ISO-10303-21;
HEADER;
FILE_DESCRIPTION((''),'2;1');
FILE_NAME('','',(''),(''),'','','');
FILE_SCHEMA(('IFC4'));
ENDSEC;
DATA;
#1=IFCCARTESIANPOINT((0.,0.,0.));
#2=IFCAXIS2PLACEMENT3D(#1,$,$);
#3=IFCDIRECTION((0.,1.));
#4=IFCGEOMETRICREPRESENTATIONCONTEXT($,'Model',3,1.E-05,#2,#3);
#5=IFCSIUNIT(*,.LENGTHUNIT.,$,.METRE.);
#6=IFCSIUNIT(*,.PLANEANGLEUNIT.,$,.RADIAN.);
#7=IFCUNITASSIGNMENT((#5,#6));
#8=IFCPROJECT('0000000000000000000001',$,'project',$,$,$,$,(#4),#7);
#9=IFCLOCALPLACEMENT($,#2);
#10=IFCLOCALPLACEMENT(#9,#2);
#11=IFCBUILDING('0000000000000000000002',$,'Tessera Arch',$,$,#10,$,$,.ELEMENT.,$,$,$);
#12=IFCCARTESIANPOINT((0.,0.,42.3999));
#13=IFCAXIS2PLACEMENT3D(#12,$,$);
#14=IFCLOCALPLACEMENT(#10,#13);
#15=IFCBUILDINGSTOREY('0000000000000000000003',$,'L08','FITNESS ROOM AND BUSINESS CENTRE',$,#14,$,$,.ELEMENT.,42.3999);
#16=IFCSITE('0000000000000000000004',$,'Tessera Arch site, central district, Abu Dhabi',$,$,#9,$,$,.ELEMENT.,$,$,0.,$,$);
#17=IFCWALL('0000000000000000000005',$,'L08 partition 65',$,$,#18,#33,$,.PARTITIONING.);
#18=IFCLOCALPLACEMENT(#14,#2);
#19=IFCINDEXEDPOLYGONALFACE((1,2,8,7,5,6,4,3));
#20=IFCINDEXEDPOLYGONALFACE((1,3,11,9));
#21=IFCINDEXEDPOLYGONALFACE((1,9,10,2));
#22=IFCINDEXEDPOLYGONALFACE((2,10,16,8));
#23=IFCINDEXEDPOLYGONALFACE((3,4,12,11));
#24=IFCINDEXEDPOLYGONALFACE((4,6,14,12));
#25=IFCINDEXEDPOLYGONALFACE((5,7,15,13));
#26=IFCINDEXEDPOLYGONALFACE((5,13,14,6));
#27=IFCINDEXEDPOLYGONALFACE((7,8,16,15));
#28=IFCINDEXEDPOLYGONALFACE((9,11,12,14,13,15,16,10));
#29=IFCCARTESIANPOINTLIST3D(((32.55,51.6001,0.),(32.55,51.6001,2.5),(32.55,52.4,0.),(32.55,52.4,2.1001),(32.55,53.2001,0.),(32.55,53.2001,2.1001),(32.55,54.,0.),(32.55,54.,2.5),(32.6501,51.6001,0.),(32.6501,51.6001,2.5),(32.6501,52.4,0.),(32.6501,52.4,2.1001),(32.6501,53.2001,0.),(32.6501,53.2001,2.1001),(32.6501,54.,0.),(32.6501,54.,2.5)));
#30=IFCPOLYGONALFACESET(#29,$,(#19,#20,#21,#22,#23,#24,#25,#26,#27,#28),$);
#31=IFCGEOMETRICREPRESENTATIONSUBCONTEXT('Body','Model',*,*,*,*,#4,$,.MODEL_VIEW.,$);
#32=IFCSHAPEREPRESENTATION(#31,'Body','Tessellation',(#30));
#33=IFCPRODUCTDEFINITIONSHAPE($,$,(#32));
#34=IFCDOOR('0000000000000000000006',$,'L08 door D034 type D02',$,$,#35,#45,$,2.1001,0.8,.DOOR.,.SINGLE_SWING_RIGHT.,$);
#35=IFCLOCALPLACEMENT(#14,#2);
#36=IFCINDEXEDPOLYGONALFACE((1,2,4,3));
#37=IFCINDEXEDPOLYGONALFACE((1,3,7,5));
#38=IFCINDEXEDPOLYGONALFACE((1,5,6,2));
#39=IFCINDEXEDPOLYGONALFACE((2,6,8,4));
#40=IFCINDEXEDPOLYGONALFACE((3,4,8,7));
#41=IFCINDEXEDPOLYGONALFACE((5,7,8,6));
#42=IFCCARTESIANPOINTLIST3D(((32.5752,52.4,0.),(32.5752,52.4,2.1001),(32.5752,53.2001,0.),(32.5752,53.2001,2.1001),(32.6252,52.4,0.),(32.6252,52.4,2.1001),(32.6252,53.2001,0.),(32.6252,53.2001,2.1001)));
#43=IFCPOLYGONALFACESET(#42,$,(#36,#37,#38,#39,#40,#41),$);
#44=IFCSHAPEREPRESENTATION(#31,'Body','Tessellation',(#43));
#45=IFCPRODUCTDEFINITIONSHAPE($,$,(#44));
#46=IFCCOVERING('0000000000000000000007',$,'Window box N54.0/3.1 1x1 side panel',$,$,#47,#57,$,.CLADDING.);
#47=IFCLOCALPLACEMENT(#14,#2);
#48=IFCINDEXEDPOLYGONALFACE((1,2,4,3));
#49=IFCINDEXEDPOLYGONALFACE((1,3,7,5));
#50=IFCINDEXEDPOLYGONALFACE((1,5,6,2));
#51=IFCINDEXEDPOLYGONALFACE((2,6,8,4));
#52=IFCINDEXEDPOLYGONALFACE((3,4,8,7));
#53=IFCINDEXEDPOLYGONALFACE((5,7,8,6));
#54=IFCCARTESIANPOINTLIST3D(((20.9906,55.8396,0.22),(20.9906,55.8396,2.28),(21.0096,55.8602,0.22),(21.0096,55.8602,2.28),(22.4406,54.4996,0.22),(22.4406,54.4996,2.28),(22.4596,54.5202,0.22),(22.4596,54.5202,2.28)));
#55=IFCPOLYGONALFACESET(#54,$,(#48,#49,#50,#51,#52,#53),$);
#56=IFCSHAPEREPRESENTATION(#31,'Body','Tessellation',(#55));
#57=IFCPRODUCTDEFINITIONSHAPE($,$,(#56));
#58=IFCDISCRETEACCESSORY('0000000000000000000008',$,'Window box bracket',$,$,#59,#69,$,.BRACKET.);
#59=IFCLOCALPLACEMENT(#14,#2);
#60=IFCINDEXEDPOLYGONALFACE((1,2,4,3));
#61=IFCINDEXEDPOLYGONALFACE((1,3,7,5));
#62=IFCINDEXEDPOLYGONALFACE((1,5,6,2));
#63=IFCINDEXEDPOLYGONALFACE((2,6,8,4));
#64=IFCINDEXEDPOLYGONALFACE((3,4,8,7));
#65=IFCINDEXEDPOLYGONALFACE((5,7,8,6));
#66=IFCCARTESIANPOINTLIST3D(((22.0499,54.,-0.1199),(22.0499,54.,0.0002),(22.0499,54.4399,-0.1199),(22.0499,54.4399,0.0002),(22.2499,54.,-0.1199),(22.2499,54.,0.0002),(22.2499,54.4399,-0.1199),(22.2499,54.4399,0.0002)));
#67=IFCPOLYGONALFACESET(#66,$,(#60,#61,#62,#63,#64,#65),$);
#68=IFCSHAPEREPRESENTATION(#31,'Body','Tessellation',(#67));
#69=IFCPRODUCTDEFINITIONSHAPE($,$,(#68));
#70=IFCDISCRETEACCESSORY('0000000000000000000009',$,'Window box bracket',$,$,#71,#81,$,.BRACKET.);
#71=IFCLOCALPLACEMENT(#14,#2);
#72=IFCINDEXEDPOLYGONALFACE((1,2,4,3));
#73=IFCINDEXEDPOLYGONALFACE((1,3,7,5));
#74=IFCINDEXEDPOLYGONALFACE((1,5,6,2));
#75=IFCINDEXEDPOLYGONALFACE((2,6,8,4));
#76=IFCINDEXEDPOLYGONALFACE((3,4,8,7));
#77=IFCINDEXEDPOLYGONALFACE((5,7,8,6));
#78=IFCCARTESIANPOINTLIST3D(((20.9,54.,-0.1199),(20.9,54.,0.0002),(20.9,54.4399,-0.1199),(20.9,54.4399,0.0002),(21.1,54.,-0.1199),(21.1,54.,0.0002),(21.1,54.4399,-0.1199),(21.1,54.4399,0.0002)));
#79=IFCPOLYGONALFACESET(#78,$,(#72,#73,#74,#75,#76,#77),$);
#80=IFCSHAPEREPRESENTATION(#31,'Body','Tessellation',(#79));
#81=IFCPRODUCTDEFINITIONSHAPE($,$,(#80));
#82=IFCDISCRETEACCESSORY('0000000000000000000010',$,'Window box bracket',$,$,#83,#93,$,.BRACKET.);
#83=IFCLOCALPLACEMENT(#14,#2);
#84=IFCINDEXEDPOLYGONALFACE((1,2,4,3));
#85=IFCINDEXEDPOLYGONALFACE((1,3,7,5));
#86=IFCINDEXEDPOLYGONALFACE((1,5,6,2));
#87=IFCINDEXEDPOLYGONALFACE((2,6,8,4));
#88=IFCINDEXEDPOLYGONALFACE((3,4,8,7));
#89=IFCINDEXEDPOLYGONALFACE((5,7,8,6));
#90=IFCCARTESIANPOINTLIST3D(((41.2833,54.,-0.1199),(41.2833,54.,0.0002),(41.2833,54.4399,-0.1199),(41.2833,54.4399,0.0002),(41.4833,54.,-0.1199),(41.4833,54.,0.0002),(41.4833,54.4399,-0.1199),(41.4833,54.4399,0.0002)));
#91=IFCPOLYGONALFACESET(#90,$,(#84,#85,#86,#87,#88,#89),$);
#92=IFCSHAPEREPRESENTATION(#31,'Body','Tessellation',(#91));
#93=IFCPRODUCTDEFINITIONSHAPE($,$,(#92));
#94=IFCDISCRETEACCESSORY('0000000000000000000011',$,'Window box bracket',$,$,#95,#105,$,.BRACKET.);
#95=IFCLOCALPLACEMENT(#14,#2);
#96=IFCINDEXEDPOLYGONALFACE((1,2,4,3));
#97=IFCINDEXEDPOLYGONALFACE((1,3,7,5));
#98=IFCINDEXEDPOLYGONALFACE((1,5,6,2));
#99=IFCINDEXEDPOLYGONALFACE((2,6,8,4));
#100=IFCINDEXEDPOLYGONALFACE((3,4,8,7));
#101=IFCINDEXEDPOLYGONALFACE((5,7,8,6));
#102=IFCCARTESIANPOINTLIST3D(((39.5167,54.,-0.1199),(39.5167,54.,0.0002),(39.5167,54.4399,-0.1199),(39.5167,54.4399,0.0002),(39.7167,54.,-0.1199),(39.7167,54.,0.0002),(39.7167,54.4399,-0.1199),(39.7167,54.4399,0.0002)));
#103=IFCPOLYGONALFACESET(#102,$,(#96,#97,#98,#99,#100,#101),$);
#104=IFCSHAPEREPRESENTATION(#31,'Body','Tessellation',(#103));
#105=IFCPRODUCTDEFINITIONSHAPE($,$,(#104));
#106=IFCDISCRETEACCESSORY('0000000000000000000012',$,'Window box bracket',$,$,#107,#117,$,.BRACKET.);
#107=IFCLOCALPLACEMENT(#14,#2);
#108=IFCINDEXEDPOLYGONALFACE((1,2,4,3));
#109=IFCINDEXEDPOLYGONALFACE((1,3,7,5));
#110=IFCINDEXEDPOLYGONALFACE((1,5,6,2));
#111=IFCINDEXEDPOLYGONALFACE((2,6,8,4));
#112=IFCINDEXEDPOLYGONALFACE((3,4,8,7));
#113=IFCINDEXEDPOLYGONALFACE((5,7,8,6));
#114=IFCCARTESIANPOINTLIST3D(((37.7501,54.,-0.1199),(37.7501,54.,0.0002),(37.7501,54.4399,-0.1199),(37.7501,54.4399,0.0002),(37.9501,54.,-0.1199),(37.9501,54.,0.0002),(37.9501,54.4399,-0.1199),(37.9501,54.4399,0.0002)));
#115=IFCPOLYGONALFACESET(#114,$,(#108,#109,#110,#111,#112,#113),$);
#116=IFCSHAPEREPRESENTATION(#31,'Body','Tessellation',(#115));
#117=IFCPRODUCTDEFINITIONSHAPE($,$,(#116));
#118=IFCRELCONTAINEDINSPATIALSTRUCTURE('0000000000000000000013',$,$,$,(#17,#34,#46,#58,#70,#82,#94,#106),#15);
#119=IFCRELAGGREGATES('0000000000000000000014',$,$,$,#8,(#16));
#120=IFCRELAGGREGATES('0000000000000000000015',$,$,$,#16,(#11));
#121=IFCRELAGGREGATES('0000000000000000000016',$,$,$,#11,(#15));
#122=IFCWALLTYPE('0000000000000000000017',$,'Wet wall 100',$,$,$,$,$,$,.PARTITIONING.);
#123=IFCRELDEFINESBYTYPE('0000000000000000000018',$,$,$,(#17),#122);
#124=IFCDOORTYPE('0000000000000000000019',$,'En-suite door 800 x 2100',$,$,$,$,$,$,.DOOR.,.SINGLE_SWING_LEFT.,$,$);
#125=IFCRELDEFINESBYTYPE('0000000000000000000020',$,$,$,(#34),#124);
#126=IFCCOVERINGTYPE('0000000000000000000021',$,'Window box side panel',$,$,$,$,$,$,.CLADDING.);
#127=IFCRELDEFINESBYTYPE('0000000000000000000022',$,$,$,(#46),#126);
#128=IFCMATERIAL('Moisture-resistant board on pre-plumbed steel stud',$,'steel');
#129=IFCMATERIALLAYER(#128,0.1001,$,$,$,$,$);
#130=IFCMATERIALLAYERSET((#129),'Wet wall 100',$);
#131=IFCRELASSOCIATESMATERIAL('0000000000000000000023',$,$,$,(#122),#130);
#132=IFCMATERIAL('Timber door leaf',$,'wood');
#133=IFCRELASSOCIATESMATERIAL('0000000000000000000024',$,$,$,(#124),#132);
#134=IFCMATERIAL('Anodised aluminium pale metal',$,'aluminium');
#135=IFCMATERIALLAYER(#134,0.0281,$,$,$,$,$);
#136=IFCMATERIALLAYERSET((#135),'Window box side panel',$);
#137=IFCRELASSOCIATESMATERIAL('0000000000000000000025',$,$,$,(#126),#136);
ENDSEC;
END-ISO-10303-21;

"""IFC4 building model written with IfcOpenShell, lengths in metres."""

from ifc_helpers import new_model, si_unit, direction, frame, frame_2d, origin, origin_2d, place, context, subcontext, project, spatial, rectangle, extrude, material, layer, layer_set, type_object, element, fill, save


model = new_model("IFC4")

# Units and contexts
model_context = context("Model", 3, precision=1e-05, world=origin(), true_north=direction((0.0, 1.0)))
body_context = subcontext(model_context, "Body", "Model", "MODEL_VIEW")
ifc_project = project(units=[si_unit("LENGTHUNIT", "METRE"), si_unit("PLANEANGLEUNIT", "RADIAN")], contexts=[model_context])

# Site, building, storey
site_placement = place(None, origin())
site = spatial("IfcSite", under=ifc_project, at=site_placement, Name="Tessera Arch site, central district, Abu Dhabi", CompositionType="ELEMENT", RefElevation=0.0)
building_placement = place(site_placement, origin())
building = spatial("IfcBuilding", under=site, at=building_placement, Name="Tessera Arch", CompositionType="ELEMENT")
storey_placement = place(building_placement, frame((0.0, 0.0, 42.3999)))
storey = spatial("IfcBuildingStorey", under=building, at=storey_placement, Name="L08", Description="FITNESS ROOM AND BUSINESS CENTRE", CompositionType="ELEMENT", Elevation=42.3999)

# Shared definitions
ifc_material_1 = material(Name="Moisture-resistant board on pre-plumbed steel stud", Category="steel")
ifc_layer_1 = layer(ifc_material_1, 0.1001)
ifc_layer_set_1 = layer_set([ifc_layer_1], Name="Wet wall 100")
wall_type_1 = type_object("IfcWallType", Name="Wet wall 100", PredefinedType="PARTITIONING", material=ifc_layer_set_1)

# Wall, opening, door
wall_1_placement = place(storey_placement, frame((32.6001, 51.6001, 0.0), z_axis=(0.0, 0.0, 1.0), x_axis=(0.0, 1.0, 0.0)))
wall_1 = element("IfcWall", 1, at=wall_1_placement, inside=storey, type_object=wall_type_1, Name="L08 partition 65", PredefinedType="PARTITIONING", context=body_context, shape_type="SweptSolid", body=[
    extrude(rectangle(XDim=2.3999, YDim=0.1001, at=frame_2d((1.2, 0.0))), origin(), (0.0, 0.0, 1.0), 2.5),
])
opening_1_placement = place(wall_1_placement, frame((0.8, 0.0, 0.0)))
opening_1 = element("IfcOpeningElement", 2, at=opening_1_placement, cuts=wall_1, PredefinedType="OPENING", context=body_context, shape_type="SweptSolid", body=[
    extrude(rectangle(XDim=0.8, YDim=2.1001, at=frame_2d((0.3999, 1.05))), frame((0.0, 0.0601, 0.0), z_axis=(0.0, -1.0, 0.0), x_axis=(1.0, 0.0, 0.0)), (0.0, 0.0, 1.0), 0.1201),
])
ifc_material_2 = material(Name="Timber door leaf", Category="wood")
door_type_1 = type_object("IfcDoorType", Name="En-suite door 800 x 2100", OperationType="SINGLE_SWING_LEFT", PredefinedType="DOOR", material=ifc_material_2)
door_1_placement = place(opening_1_placement, origin())
door_1 = element("IfcDoor", 3, at=door_1_placement, inside=storey, type_object=door_type_1, Name="L08 door D034 type D02", OperationType="SINGLE_SWING_RIGHT", OverallHeight=2.1001, OverallWidth=0.8, PredefinedType="DOOR", context=body_context, shape_type="SweptSolid", body=[
    extrude(rectangle(XDim=0.8, YDim=2.1001, at=frame_2d((0.3999, 1.05))), frame((0.0, 0.0249, 0.0), z_axis=(0.0, -1.0, 0.0), x_axis=(1.0, 0.0, 0.0)), (0.0, 0.0, 1.0), 0.05),
])
fill(opening_1, door_1)

# Covering
ifc_material_3 = material(Name="Anodised aluminium pale metal", Category="aluminium")
ifc_layer_2 = layer(ifc_material_3, 0.0281)
ifc_layer_set_2 = layer_set([ifc_layer_2], Name="Window box side panel")
covering_type = type_object("IfcCoveringType", Name="Window box side panel", PredefinedType="CLADDING", material=ifc_layer_set_2)
covering_placement = place(storey_placement, frame((21.7251, 55.1799, 0.22), z_axis=(0.0, 0.0, 1.0), x_axis=(-0.734415, 0.678701, 0.0)))
element("IfcCovering", 4, at=covering_placement, inside=storey, type_object=covering_type, Name="Window box N54.0/3.1 1x1 side panel", PredefinedType="CLADDING", context=body_context, shape_type="SweptSolid", body=[
    extrude(rectangle(XDim=1.9744, YDim=0.0281, at=origin_2d()), origin(), (0.0, 0.0, 1.0), 2.0601),
])

# Discrete accessories
for number, where, z_axis, x_axis, name in (
    (5, (22.1499, 54.22, -0.1199), (0.0, 0.0, 1.0), (0.0, 1.0, 0.0), "Window box bracket"),
    (6, (21.0, 54.22, -0.1199), (0.0, 0.0, 1.0), (0.0, 1.0, 0.0), "Window box bracket"),
    (7, (41.3833, 54.22, -0.1199), (0.0, 0.0, 1.0), (0.0, 1.0, 0.0), "Window box bracket"),
    (8, (39.6167, 54.22, -0.1199), (0.0, 0.0, 1.0), (0.0, 1.0, 0.0), "Window box bracket"),
    (9, (37.8501, 54.22, -0.1199), (0.0, 0.0, 1.0), (0.0, 1.0, 0.0), "Window box bracket"),
):
    element("IfcDiscreteAccessory", number, at=place(storey_placement, frame(where, z_axis=z_axis, x_axis=x_axis)), inside=storey, Name=name, PredefinedType="BRACKET", context=body_context, shape_type="SweptSolid", body=[
        extrude(rectangle(XDim=0.4399, YDim=0.2, at=origin_2d()), origin(), (0.0, 0.0, 1.0), 0.1201),
    ])

save(model, "model.ifc")
